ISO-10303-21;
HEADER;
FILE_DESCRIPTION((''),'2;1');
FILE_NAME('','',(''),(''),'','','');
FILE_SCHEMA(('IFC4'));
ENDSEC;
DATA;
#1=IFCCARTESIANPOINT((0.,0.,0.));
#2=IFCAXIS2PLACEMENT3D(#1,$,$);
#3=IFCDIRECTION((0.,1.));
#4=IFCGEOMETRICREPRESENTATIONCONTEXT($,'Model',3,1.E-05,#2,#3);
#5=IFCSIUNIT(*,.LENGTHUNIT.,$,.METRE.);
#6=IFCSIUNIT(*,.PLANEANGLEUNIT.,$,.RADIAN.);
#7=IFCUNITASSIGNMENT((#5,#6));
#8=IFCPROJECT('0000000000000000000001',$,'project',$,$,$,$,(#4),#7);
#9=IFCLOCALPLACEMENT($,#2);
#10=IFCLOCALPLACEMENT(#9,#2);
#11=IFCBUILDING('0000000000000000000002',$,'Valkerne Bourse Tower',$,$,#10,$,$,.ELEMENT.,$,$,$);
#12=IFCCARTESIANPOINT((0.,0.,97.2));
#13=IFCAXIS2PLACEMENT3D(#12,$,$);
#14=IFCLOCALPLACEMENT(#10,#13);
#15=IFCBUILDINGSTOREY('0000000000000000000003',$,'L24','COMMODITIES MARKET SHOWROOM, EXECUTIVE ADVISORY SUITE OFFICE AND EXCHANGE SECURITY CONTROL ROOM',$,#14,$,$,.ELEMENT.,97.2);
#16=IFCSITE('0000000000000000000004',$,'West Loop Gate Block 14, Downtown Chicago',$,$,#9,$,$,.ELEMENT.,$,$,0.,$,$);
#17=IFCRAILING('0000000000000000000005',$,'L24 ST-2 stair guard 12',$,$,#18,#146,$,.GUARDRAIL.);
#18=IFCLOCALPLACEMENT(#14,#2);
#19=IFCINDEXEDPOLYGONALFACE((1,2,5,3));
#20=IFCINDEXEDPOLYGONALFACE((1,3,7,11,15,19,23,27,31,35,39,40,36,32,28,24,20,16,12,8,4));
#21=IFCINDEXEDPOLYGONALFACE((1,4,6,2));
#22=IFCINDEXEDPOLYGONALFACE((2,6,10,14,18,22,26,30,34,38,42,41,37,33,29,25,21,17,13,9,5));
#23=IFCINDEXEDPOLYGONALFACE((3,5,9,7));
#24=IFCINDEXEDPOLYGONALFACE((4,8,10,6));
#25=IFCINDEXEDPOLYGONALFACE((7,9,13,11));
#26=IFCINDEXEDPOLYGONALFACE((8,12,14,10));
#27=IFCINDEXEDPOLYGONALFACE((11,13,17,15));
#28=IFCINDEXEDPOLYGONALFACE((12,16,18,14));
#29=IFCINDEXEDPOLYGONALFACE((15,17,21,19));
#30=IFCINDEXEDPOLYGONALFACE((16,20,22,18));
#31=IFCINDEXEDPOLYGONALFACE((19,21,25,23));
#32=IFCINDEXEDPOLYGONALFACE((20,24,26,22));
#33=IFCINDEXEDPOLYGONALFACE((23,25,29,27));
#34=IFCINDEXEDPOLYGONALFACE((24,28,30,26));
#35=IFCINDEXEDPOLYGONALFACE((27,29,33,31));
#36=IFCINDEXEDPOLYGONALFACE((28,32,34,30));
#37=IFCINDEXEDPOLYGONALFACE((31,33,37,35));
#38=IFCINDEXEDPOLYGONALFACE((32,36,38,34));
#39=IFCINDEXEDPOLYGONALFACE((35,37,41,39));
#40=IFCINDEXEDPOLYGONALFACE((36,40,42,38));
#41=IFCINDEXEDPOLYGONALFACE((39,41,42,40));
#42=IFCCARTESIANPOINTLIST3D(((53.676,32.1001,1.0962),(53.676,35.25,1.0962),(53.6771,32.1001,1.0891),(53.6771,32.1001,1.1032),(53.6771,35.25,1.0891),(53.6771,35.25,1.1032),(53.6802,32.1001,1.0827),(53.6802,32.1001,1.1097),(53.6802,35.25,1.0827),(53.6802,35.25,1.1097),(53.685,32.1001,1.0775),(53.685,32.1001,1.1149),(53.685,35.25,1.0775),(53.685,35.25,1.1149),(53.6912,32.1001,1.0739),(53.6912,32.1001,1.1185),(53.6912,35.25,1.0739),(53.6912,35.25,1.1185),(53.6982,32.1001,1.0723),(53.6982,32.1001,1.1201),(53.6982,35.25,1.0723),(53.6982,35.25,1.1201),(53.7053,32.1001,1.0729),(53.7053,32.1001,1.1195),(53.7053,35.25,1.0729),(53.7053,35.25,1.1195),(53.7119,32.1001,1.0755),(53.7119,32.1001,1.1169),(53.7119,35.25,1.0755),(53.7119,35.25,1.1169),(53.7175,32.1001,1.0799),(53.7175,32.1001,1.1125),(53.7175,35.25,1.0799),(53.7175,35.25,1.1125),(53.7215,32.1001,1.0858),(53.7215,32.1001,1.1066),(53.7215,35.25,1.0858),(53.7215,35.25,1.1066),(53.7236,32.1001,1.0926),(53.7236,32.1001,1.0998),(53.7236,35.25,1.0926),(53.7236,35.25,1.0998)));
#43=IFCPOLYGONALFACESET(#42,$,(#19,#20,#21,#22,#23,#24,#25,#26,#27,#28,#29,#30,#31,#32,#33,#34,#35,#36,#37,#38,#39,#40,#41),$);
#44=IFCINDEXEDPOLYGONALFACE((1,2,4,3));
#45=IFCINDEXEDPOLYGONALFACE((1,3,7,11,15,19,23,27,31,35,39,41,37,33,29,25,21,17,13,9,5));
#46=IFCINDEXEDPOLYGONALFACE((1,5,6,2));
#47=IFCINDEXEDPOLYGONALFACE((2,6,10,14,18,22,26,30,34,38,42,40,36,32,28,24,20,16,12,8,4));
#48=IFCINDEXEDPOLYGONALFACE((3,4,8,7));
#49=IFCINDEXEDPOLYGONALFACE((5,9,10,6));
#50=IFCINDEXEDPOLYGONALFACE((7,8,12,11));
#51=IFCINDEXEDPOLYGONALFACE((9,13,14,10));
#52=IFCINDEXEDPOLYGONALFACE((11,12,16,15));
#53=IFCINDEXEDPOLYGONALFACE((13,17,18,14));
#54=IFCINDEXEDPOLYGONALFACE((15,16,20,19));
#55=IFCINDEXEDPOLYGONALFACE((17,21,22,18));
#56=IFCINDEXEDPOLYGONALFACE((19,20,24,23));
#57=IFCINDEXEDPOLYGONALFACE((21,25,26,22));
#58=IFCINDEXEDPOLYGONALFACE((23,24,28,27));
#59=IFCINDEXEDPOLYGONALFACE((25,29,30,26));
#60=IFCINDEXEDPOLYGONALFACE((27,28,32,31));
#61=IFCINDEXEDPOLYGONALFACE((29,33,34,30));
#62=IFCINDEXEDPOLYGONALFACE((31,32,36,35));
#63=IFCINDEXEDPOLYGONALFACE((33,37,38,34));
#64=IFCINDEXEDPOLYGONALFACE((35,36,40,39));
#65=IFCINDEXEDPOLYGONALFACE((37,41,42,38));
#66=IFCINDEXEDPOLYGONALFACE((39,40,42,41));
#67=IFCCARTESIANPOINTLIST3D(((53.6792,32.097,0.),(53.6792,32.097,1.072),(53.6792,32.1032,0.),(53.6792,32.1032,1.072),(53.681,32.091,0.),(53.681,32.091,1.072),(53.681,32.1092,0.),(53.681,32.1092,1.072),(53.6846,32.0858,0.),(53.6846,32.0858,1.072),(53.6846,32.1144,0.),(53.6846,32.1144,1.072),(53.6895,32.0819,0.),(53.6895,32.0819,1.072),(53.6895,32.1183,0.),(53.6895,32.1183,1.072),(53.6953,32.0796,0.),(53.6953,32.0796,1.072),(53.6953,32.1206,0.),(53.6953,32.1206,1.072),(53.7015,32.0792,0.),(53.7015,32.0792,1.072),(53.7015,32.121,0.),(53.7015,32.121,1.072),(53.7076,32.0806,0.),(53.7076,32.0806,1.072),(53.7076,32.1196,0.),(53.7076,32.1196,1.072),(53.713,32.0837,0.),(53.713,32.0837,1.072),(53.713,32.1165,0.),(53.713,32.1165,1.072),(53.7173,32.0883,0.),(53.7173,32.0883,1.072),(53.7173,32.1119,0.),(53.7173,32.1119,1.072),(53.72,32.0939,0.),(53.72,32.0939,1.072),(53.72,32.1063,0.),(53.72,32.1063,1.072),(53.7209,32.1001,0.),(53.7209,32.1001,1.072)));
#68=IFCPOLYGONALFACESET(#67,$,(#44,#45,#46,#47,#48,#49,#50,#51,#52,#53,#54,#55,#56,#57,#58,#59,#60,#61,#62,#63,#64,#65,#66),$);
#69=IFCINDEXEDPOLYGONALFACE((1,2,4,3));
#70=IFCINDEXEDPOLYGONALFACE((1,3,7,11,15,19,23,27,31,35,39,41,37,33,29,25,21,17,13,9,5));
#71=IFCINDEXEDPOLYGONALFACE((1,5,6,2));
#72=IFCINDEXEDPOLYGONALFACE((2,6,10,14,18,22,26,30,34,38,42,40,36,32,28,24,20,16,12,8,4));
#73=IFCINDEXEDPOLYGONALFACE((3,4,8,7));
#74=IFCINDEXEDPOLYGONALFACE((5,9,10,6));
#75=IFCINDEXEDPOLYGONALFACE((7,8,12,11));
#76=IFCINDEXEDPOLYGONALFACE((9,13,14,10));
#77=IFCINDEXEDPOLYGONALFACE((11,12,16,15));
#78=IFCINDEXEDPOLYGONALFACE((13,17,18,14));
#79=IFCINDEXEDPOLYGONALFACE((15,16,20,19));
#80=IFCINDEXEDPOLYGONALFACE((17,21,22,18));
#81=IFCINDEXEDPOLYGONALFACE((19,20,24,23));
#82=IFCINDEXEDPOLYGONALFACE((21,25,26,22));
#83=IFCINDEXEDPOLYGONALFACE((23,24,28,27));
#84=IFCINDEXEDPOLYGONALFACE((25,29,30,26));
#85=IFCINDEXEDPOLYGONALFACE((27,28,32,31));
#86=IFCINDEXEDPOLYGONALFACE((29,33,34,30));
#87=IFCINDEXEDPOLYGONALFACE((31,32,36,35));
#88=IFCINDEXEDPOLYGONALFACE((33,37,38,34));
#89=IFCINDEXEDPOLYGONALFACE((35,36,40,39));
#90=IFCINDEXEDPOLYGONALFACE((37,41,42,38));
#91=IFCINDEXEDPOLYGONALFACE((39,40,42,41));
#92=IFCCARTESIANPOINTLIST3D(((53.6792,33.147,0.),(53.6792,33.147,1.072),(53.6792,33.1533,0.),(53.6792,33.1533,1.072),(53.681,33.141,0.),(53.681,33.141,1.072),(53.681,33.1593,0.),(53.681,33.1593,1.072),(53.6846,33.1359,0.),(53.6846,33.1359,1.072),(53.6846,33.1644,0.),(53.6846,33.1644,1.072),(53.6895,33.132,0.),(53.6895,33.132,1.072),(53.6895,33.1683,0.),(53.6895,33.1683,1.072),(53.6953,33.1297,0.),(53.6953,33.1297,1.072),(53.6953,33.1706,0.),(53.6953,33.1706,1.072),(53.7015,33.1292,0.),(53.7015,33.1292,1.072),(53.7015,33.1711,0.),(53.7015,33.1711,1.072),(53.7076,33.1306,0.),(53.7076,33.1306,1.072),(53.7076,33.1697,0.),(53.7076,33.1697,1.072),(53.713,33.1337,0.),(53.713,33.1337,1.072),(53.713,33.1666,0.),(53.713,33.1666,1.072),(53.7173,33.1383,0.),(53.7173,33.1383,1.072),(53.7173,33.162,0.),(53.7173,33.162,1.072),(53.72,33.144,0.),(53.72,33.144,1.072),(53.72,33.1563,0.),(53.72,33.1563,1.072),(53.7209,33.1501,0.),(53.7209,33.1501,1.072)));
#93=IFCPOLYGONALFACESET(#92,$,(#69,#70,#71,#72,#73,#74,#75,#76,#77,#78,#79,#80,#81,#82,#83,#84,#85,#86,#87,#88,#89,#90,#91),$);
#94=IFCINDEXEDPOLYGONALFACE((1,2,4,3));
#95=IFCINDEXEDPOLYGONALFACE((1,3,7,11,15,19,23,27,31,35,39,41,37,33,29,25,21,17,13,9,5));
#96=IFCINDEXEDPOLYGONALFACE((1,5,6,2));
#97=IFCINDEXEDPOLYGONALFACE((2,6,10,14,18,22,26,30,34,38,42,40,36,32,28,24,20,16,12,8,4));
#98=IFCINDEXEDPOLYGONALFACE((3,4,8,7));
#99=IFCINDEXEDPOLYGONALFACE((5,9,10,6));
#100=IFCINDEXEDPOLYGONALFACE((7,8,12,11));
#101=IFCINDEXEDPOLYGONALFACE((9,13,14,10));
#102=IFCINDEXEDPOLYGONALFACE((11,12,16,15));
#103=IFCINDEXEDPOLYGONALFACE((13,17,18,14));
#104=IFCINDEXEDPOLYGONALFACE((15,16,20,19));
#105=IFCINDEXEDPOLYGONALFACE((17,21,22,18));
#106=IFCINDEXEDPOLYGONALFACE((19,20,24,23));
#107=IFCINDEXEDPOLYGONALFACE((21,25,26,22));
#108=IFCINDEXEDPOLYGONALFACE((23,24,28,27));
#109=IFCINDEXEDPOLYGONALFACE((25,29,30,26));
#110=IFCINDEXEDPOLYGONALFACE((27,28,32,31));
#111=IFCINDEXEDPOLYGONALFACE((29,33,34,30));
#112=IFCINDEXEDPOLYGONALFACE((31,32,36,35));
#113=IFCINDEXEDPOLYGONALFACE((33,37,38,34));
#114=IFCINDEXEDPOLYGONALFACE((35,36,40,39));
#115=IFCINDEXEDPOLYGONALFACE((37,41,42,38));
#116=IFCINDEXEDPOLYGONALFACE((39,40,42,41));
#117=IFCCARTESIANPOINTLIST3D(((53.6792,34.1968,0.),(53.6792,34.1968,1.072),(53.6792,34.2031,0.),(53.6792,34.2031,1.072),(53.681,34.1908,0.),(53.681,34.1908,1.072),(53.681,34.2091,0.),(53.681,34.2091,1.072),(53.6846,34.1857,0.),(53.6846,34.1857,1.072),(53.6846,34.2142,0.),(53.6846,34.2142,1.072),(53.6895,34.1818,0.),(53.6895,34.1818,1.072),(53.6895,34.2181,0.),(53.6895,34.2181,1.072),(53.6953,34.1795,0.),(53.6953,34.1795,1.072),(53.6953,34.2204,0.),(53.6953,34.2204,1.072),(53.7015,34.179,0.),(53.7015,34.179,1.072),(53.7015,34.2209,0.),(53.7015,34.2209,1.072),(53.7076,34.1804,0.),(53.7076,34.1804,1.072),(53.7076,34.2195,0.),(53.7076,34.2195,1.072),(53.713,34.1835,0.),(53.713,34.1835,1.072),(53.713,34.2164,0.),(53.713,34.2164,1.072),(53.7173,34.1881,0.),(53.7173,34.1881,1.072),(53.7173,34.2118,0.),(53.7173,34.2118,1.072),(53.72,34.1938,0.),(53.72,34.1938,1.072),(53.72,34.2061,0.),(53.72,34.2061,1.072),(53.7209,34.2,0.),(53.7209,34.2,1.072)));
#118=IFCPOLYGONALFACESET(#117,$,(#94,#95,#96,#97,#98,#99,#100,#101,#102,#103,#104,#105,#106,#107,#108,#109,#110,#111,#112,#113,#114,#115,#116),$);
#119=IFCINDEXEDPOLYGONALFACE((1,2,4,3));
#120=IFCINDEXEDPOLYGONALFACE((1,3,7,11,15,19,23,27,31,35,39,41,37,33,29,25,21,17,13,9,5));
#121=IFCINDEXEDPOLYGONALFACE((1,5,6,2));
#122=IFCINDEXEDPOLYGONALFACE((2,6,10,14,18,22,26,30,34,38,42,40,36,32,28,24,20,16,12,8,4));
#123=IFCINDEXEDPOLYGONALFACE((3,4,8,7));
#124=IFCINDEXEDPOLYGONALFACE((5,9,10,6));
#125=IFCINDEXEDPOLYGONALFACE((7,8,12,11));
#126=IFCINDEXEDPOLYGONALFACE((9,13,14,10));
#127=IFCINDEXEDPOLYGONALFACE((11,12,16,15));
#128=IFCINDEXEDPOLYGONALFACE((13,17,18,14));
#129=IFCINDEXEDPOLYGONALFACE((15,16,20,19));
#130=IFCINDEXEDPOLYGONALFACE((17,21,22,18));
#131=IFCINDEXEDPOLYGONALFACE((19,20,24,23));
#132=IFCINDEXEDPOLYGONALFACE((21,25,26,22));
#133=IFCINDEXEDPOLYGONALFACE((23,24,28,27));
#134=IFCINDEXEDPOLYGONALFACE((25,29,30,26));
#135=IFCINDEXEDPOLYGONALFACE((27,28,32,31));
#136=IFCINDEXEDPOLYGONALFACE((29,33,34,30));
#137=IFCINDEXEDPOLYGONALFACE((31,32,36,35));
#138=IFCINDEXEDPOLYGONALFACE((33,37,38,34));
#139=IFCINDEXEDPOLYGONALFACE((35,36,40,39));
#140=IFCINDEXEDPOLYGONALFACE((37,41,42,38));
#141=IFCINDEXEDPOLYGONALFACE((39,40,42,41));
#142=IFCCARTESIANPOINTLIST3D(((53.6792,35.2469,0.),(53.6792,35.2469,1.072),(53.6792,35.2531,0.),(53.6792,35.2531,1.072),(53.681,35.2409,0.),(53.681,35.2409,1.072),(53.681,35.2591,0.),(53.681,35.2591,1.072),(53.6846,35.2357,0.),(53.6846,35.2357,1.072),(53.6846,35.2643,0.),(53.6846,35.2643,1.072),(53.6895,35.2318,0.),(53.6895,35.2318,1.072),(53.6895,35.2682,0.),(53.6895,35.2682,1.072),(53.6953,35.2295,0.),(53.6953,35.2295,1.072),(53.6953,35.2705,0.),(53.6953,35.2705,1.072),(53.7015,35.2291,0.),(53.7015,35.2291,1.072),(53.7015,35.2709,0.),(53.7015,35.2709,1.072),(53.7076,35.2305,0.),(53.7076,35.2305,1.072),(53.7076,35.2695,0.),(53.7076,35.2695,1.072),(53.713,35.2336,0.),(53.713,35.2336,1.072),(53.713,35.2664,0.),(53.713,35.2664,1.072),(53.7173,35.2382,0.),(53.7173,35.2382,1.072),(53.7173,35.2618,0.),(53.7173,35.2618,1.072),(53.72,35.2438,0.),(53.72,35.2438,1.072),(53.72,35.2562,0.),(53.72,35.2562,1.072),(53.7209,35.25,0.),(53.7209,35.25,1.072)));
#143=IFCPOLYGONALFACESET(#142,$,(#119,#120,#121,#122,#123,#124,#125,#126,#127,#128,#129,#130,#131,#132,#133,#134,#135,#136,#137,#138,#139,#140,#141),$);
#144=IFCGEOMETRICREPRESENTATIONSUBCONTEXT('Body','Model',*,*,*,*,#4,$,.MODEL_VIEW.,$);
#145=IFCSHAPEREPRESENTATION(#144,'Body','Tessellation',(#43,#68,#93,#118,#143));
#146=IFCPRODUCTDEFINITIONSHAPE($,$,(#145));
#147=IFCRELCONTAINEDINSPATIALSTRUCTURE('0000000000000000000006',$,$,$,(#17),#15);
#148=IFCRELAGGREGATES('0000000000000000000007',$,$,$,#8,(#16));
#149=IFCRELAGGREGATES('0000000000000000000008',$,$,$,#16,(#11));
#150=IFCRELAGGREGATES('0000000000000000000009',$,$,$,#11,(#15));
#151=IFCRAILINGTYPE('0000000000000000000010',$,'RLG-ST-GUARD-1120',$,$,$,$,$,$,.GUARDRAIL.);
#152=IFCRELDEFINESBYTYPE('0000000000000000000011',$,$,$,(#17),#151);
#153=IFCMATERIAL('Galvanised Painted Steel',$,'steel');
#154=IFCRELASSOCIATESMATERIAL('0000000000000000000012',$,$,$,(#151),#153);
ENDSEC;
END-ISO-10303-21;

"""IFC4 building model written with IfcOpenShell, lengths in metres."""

from ifc_helpers import new_model, si_unit, direction, frame, origin, origin_2d, place, context, subcontext, project, spatial, circle, extrude, material, type_object, element, save


model = new_model("IFC4")

# Units and contexts
model_context = context("Model", 3, precision=1e-05, world=origin(), true_north=direction((0.0, 1.0)))
body_context = subcontext(model_context, "Body", "Model", "MODEL_VIEW")
ifc_project = project(units=[si_unit("LENGTHUNIT", "METRE"), si_unit("PLANEANGLEUNIT", "RADIAN")], contexts=[model_context])

# Site, building, storey
site_placement = place(None, origin())
site = spatial("IfcSite", under=ifc_project, at=site_placement, Name="West Loop Gate Block 14, Downtown Chicago", CompositionType="ELEMENT", RefElevation=0.0)
building_placement = place(site_placement, origin())
building = spatial("IfcBuilding", under=site, at=building_placement, Name="Valkerne Bourse Tower", CompositionType="ELEMENT")
storey_placement = place(building_placement, frame((0.0, 0.0, 97.2)))
storey = spatial("IfcBuildingStorey", under=building, at=storey_placement, Name="L24", Description="COMMODITIES MARKET SHOWROOM, EXECUTIVE ADVISORY SUITE OFFICE AND EXCHANGE SECURITY CONTROL ROOM", CompositionType="ELEMENT", Elevation=97.2)

# Railing
ifc_material_1 = material(Name="Galvanised Painted Steel", Category="steel")
railing_type_1 = type_object("IfcRailingType", Name="RLG-ST-GUARD-1120", PredefinedType="GUARDRAIL", material=ifc_material_1)
railing_1_placement = place(storey_placement, frame((53.7, 32.1001, 0.0)))
element("IfcRailing", 1, at=railing_1_placement, inside=storey, type_object=railing_type_1, Name="L24 ST-2 stair guard 12", PredefinedType="GUARDRAIL", context=body_context, shape_type="SweptSolid", body=[
    extrude(circle(Radius=0.0239, at=origin_2d()), frame((0.0, 0.0, 1.0962), z_axis=(0.0, 1.0, 0.0), x_axis=(-1.0, 0.0, 0.0)), (0.0, 0.0, 1.0), 3.1499),
    extrude(circle(Radius=0.021, at=origin_2d()), origin(), (0.0, 0.0, 1.0), 1.072),
    extrude(circle(Radius=0.021, at=origin_2d()), frame((0.0, 1.05, 0.0)), (0.0, 0.0, 1.0), 1.072),
    extrude(circle(Radius=0.021, at=origin_2d()), frame((0.0, 2.0999, 0.0)), (0.0, 0.0, 1.0), 1.072),
    extrude(circle(Radius=0.021, at=origin_2d()), frame((0.0, 3.1499, 0.0)), (0.0, 0.0, 1.0), 1.072),
])

save(model, "model.ifc")
